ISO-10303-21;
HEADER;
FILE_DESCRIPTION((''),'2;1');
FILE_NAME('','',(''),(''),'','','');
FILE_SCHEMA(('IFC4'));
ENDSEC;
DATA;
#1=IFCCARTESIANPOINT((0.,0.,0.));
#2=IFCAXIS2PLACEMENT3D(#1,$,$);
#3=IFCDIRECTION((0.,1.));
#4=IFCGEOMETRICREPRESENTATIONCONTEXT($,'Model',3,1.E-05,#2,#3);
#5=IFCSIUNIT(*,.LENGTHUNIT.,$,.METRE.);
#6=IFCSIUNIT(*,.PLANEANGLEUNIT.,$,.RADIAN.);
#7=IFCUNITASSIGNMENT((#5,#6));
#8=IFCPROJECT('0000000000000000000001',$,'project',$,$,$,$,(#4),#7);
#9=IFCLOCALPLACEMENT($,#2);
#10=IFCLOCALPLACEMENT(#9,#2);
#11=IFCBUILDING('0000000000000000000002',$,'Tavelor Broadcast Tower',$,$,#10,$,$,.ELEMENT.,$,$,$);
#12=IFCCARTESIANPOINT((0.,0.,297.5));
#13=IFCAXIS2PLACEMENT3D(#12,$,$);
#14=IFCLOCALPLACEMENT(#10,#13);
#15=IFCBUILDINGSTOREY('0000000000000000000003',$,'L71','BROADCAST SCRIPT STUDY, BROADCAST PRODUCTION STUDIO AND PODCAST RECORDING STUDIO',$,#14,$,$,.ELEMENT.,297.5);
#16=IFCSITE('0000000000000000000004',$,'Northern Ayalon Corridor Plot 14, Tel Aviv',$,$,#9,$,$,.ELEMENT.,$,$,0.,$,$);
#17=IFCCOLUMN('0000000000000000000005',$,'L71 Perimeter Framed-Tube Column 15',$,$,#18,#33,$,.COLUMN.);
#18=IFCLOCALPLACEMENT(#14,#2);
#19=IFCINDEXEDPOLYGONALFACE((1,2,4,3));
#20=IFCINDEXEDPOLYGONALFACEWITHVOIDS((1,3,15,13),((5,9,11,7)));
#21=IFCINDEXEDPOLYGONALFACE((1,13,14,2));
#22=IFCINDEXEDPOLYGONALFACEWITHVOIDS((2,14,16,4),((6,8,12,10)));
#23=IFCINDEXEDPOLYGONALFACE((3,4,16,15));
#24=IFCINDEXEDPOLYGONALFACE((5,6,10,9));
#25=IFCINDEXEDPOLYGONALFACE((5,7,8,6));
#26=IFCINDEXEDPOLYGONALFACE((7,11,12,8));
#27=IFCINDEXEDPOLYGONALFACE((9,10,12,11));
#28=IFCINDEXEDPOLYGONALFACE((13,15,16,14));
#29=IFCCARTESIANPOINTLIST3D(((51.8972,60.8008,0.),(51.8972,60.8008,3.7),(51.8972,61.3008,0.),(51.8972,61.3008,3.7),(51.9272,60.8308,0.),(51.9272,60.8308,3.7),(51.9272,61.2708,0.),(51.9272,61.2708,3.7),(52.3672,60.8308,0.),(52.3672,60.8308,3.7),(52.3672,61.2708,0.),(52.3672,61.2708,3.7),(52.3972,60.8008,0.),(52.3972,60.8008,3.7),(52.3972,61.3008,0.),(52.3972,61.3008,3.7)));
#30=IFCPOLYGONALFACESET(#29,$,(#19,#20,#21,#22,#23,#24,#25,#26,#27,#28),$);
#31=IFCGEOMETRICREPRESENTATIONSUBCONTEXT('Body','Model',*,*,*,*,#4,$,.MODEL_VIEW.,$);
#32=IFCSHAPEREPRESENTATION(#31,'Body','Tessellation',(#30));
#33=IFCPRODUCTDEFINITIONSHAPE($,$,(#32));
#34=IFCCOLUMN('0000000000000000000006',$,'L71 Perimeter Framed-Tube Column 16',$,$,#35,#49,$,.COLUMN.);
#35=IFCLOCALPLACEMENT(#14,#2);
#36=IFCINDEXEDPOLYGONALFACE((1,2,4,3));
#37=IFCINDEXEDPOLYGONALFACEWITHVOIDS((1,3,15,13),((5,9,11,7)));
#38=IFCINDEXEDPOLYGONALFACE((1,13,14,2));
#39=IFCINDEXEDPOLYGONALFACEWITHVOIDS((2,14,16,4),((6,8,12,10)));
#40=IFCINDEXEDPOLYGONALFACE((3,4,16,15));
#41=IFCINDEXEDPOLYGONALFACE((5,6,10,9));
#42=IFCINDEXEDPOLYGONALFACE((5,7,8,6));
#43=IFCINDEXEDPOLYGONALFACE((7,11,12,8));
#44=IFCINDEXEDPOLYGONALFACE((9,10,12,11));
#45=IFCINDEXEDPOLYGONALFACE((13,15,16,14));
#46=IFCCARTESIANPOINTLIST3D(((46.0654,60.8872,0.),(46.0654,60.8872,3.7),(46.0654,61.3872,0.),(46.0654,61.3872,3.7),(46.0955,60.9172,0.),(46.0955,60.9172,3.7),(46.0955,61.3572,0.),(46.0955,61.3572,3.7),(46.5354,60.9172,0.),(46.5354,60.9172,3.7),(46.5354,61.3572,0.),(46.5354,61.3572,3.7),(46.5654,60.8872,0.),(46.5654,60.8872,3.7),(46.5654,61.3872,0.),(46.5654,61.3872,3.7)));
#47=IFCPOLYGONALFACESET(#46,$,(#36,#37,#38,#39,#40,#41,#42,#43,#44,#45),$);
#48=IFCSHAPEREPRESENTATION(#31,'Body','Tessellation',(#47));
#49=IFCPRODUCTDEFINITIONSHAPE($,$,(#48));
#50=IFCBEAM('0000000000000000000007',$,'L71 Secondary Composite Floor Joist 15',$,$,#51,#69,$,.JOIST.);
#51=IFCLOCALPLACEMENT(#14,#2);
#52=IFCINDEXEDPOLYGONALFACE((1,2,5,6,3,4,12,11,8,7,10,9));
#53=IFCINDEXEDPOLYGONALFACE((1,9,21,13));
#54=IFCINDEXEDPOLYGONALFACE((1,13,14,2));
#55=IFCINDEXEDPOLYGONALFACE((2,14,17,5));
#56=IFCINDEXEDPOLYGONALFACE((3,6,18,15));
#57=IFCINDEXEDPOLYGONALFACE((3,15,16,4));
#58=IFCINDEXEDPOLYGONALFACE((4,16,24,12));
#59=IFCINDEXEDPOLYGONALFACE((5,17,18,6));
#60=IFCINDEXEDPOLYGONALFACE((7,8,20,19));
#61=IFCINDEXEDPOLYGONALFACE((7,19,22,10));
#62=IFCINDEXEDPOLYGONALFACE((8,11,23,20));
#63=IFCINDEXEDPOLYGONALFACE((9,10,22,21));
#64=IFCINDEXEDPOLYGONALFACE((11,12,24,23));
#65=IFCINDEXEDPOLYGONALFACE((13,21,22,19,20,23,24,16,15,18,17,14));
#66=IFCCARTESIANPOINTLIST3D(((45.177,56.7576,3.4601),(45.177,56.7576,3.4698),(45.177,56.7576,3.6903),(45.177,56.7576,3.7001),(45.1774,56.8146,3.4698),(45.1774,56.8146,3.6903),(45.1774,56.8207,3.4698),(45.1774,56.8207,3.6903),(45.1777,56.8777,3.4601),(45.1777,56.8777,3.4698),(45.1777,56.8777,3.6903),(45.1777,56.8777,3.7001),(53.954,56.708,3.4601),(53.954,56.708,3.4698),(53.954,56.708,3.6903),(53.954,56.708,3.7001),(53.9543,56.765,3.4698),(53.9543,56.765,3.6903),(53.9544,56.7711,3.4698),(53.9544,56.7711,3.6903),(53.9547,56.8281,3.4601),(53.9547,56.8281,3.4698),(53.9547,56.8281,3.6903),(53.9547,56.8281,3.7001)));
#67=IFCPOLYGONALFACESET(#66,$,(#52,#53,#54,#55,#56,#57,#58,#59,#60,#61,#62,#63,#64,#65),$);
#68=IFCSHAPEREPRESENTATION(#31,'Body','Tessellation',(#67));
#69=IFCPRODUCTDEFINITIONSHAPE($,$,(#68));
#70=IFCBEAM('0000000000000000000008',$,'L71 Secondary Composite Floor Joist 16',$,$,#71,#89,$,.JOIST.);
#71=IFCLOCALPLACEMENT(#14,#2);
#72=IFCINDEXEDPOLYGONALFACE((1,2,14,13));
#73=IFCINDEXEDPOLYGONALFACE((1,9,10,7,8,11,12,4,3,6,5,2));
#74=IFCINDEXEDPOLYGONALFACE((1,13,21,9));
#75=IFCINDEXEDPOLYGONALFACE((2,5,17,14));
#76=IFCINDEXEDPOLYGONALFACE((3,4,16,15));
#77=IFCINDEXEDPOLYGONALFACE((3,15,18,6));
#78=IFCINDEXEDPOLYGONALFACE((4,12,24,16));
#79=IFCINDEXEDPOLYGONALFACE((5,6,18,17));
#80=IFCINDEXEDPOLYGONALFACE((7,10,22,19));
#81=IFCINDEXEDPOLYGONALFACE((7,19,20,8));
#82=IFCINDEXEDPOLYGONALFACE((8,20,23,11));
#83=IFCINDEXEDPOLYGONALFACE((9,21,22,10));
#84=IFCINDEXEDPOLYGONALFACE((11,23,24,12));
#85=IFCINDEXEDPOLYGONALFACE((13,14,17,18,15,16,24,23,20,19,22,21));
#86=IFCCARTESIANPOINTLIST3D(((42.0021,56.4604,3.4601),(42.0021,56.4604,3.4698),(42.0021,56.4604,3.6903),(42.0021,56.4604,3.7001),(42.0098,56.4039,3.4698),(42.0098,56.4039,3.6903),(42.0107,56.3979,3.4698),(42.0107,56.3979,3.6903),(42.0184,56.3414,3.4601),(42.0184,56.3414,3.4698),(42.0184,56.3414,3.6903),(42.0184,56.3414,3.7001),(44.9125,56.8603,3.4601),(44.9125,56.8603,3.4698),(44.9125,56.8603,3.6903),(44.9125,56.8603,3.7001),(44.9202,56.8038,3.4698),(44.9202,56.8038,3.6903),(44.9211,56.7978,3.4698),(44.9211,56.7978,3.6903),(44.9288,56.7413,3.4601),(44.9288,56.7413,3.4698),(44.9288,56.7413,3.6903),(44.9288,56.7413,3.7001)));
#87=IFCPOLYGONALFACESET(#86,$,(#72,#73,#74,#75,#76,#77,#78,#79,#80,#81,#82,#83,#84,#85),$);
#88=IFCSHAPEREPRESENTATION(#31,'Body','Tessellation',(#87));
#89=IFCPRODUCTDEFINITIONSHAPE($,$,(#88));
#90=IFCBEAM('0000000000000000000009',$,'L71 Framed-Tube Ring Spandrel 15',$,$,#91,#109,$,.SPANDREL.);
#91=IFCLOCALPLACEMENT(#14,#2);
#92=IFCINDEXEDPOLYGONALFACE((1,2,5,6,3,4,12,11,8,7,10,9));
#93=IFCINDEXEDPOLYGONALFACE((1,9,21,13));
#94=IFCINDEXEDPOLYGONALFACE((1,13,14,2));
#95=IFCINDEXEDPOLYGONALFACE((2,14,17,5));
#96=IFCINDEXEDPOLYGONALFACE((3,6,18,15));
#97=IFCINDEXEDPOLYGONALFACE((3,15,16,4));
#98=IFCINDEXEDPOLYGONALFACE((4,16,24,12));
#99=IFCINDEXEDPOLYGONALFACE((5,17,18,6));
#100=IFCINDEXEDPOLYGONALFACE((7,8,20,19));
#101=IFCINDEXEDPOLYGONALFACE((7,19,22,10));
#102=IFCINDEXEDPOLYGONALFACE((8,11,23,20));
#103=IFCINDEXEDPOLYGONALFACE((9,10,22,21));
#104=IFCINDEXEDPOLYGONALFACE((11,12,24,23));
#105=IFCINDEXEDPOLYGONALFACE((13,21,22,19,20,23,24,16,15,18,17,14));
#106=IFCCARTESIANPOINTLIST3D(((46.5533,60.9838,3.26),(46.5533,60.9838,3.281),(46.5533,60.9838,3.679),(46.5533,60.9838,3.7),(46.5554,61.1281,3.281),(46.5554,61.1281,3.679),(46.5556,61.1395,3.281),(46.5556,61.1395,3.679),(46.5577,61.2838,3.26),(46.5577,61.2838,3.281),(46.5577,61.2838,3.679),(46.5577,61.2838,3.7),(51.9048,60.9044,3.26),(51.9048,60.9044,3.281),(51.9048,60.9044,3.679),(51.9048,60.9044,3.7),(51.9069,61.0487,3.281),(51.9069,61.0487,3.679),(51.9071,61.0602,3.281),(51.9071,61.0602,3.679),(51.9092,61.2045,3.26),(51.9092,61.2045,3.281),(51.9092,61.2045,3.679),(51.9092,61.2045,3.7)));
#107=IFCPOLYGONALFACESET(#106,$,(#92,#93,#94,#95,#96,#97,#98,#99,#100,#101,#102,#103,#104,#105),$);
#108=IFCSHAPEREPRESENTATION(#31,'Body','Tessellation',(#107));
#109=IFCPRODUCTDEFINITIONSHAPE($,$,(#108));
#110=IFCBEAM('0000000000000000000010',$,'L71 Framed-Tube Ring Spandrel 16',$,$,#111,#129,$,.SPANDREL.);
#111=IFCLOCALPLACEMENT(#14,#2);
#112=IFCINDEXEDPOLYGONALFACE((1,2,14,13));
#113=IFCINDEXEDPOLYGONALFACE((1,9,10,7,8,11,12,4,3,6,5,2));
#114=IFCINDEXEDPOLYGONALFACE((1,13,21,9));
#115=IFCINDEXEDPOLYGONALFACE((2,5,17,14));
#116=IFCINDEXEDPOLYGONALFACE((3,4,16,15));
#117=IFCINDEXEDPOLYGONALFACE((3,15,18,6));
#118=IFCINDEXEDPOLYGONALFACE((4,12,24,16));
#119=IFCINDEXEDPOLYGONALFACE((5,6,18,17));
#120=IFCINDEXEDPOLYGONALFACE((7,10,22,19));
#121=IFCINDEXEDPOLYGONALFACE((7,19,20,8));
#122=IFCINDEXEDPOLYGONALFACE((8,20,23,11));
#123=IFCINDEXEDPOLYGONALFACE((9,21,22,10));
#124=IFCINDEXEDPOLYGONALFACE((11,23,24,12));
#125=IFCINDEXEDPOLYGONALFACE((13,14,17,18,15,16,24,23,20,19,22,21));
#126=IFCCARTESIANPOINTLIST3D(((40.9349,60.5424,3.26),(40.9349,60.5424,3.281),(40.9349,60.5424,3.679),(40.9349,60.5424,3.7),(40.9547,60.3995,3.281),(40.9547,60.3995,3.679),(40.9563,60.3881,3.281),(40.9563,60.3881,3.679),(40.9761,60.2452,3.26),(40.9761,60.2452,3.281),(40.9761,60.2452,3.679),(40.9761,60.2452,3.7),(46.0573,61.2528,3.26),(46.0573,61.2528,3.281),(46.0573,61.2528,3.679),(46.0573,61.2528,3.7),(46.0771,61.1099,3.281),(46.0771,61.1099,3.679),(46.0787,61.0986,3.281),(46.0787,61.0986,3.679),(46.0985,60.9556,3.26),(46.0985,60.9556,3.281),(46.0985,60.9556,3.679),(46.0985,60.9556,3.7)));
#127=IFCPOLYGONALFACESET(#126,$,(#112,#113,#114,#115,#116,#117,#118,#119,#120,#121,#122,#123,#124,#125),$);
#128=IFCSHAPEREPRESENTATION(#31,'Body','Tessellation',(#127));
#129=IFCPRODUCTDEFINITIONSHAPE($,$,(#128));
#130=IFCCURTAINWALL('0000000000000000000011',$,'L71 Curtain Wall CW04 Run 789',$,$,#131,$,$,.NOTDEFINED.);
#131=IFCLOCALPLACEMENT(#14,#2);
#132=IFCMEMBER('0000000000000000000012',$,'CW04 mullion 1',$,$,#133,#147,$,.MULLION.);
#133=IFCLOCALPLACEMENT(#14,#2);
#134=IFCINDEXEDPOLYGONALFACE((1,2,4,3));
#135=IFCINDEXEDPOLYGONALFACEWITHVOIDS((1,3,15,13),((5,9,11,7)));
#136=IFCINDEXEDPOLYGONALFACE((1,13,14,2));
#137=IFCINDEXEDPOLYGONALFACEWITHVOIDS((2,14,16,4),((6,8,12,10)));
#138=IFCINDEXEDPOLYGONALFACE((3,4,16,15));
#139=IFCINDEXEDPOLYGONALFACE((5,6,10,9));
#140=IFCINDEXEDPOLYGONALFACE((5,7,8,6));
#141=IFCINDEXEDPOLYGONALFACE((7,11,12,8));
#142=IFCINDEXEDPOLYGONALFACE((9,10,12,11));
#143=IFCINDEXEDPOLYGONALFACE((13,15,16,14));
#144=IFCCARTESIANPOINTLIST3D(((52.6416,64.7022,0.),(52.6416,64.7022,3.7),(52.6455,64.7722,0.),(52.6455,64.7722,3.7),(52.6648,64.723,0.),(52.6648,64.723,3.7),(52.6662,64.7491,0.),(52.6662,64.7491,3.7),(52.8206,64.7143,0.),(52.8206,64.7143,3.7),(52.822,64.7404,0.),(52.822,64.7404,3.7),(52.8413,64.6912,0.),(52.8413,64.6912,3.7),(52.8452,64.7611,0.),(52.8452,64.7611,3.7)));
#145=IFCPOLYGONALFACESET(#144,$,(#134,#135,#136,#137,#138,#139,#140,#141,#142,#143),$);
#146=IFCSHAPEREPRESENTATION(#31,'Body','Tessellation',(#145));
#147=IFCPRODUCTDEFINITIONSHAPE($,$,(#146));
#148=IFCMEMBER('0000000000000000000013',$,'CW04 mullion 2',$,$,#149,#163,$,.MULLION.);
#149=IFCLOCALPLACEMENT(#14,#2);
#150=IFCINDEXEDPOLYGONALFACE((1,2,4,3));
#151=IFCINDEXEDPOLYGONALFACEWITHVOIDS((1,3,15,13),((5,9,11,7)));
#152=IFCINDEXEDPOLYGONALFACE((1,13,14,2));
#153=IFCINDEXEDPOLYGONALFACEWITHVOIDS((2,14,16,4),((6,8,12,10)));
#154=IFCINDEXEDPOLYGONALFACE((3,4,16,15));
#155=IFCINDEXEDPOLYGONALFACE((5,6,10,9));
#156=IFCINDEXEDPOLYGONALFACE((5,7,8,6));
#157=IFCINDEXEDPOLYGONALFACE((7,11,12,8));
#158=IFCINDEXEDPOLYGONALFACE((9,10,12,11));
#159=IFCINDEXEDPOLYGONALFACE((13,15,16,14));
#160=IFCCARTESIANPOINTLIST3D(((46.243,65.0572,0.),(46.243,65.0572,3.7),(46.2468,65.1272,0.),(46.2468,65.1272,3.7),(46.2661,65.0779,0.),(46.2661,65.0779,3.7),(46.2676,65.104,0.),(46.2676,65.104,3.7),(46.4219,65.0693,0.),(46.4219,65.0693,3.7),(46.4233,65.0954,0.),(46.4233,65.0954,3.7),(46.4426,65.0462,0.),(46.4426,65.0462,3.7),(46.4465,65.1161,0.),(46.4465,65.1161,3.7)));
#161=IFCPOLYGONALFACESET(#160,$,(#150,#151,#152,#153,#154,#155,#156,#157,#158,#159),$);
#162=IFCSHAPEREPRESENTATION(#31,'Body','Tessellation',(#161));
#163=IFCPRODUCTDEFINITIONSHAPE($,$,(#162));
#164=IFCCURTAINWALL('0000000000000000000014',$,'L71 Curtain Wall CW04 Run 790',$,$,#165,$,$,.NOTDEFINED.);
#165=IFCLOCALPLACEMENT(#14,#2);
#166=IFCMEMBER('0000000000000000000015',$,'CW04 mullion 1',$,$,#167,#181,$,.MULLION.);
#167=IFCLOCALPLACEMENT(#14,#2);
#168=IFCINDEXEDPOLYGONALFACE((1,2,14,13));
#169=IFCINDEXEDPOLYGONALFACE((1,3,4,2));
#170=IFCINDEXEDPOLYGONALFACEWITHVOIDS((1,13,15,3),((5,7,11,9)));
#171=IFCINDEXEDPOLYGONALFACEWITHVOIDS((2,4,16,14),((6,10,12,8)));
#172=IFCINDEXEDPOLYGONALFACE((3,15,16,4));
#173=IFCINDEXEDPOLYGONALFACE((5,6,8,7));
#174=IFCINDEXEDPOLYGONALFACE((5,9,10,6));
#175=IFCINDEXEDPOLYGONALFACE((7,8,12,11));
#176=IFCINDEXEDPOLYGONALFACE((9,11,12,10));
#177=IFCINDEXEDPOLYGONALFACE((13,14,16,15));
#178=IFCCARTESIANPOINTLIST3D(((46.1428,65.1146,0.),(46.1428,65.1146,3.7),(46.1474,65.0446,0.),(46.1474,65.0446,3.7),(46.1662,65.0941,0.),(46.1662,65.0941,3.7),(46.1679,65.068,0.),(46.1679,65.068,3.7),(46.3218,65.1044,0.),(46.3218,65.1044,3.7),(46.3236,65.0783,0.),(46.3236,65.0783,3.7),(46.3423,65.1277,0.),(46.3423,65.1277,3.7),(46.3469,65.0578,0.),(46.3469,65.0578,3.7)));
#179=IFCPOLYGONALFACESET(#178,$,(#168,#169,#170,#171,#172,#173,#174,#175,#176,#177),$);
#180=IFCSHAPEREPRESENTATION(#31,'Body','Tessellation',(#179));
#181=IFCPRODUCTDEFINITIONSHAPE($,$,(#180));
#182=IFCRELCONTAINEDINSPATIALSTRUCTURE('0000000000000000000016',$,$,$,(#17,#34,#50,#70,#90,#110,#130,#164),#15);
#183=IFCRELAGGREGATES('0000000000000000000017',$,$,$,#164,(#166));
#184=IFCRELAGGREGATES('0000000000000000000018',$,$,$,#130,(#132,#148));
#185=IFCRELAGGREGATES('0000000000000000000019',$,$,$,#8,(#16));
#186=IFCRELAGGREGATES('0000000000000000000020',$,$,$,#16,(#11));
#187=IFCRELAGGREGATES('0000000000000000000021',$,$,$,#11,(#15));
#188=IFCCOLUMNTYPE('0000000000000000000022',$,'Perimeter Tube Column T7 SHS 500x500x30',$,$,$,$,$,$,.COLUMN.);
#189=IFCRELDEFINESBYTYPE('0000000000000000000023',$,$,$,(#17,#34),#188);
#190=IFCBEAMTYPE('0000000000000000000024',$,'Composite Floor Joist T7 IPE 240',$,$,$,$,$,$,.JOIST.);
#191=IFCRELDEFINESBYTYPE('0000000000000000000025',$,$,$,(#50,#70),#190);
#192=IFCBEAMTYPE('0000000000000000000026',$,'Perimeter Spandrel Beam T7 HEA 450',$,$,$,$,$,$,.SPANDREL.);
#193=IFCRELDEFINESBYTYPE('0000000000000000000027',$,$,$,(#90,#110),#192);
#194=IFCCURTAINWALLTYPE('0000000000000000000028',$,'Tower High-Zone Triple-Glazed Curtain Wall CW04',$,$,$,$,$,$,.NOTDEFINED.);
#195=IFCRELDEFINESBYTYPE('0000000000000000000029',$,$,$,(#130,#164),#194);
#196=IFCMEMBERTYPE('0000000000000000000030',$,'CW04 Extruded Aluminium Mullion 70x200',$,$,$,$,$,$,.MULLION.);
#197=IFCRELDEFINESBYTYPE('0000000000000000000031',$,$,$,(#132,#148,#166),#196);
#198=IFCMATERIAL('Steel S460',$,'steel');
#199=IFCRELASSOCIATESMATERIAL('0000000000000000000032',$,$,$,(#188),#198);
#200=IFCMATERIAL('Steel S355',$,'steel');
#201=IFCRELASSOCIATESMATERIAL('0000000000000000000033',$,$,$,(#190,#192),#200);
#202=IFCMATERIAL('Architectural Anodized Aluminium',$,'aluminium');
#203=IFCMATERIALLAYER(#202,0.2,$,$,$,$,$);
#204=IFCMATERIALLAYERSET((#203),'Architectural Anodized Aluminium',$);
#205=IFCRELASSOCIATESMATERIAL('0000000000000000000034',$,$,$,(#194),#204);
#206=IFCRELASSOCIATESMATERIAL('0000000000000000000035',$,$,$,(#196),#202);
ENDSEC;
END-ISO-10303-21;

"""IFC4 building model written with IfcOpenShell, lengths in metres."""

from ifc_helpers import new_model, si_unit, direction, frame, origin, origin_2d, place, context, subcontext, project, spatial, hollow_rectangle, i_section, extrude, source, transform, mapped, material, layer, layer_set, material_profile, profile_set, type_object, type_shapes, element, aggregate, save


model = new_model("IFC4")

# Units and contexts
model_context = context("Model", 3, precision=1e-05, world=origin(), true_north=direction((0.0, 1.0)))
body_context = subcontext(model_context, "Body", "Model", "MODEL_VIEW")
ifc_project = project(units=[si_unit("LENGTHUNIT", "METRE"), si_unit("PLANEANGLEUNIT", "RADIAN")], contexts=[model_context])

# Site, building, storey
site_placement = place(None, origin())
site = spatial("IfcSite", under=ifc_project, at=site_placement, Name="Northern Ayalon Corridor Plot 14, Tel Aviv", CompositionType="ELEMENT", RefElevation=0.0)
building_placement = place(site_placement, origin())
building = spatial("IfcBuilding", under=site, at=building_placement, Name="Tavelor Broadcast Tower", CompositionType="ELEMENT")
storey_placement = place(building_placement, frame((0.0, 0.0, 297.5)))
storey = spatial("IfcBuildingStorey", under=building, at=storey_placement, Name="L71", Description="BROADCAST SCRIPT STUDY, BROADCAST PRODUCTION STUDIO AND PODCAST RECORDING STUDIO", CompositionType="ELEMENT", Elevation=297.5)

# Columns
ifc_material_1 = material(Name="Steel S460", Category="steel")
ifc_material_profile_1 = material_profile(ifc_material_1, hollow_rectangle(XDim=0.5, YDim=0.5, WallThickness=0.03, at=origin_2d()), Name="SHS 500x500x30")
ifc_profile_set_1 = profile_set([ifc_material_profile_1], Name="Steel S460")
column_type = type_object("IfcColumnType", Name="Perimeter Tube Column T7 SHS 500x500x30", PredefinedType="COLUMN", material=ifc_profile_set_1)
for number, where, z_axis, x_axis, name in (
    (1, (52.1472, 61.0508, 0.0), (0.0, 0.0, 1.0), (1.0, 0.0, 0.0), "L71 Perimeter Framed-Tube Column 15"),
    (2, (46.3154, 61.1372, 0.0), (0.0, 0.0, 1.0), (1.0, 0.0, 0.0), "L71 Perimeter Framed-Tube Column 16"),
):
    element("IfcColumn", number, at=place(storey_placement, frame(where, z_axis=z_axis, x_axis=x_axis)), inside=storey, type_object=column_type, Name=name, PredefinedType="COLUMN", context=body_context, shape_type="SweptSolid", body=[
        extrude(hollow_rectangle(XDim=0.5, YDim=0.5, WallThickness=0.03, at=origin_2d()), origin(), (0.0, 0.0, 1.0), 3.7),
    ])

# Beams
ifc_material_2 = material(Name="Steel S355", Category="steel")
ifc_material_profile_2 = material_profile(ifc_material_2, i_section(OverallWidth=0.1201, OverallDepth=0.24, WebThickness=0.0061, FlangeThickness=0.0098, at=origin_2d()), Name="IPE 240")
ifc_profile_set_2 = profile_set([ifc_material_profile_2], Name="Steel S355")
beam_type_1 = type_object("IfcBeamType", Name="Composite Floor Joist T7 IPE 240", PredefinedType="JOIST", material=ifc_profile_set_2)
beam_1_placement = place(storey_placement, frame((53.9543, 56.7681, 3.5801), z_axis=(-0.999984, 0.005647, 0.0), x_axis=(-0.005647, -0.999984, 0.0)))
element("IfcBeam", 3, at=beam_1_placement, inside=storey, type_object=beam_type_1, Name="L71 Secondary Composite Floor Joist 15", PredefinedType="JOIST", context=body_context, shape_type="SweptSolid", body=[
    extrude(i_section(OverallWidth=0.1201, OverallDepth=0.24, WebThickness=0.0061, FlangeThickness=0.0098, at=origin_2d()), origin(), (0.0, 0.0, 1.0), 8.7771),
])
beam_2_placement = place(storey_placement, frame((44.9207, 56.8008, 3.5801), z_axis=(-0.990692, -0.136126, 0.0), x_axis=(0.136126, -0.990692, 0.0)))
element("IfcBeam", 4, at=beam_2_placement, inside=storey, type_object=beam_type_1, Name="L71 Secondary Composite Floor Joist 16", PredefinedType="JOIST", context=body_context, shape_type="SweptSolid", body=[
    extrude(i_section(OverallWidth=0.1201, OverallDepth=0.24, WebThickness=0.0061, FlangeThickness=0.0098, at=origin_2d()), origin(), (0.0, 0.0, 1.0), 2.9377),
])
ifc_material_profile_3 = material_profile(ifc_material_2, i_section(OverallWidth=0.3, OverallDepth=0.4399, WebThickness=0.0115, FlangeThickness=0.021, at=origin_2d()), Name="HEA 450")
ifc_profile_set_3 = profile_set([ifc_material_profile_3], Name="Steel S355")
beam_type_2 = type_object("IfcBeamType", Name="Perimeter Spandrel Beam T7 HEA 450", PredefinedType="SPANDREL", material=ifc_profile_set_3)
beam_3_placement = place(storey_placement, frame((51.907, 61.0544, 3.48), z_axis=(-0.99989, 0.014825, 0.0), x_axis=(-0.014825, -0.99989, 0.0)))
element("IfcBeam", 5, at=beam_3_placement, inside=storey, type_object=beam_type_2, Name="L71 Framed-Tube Ring Spandrel 15", PredefinedType="SPANDREL", context=body_context, shape_type="SweptSolid", body=[
    extrude(i_section(OverallWidth=0.3, OverallDepth=0.4399, WebThickness=0.0115, FlangeThickness=0.021, at=origin_2d()), origin(), (0.0, 0.0, 1.0), 5.3521),
])
beam_4_placement = place(storey_placement, frame((46.0779, 61.1042, 3.48), z_axis=(-0.990518, -0.137382, 0.0), x_axis=(0.137382, -0.990518, 0.0)))
element("IfcBeam", 6, at=beam_4_placement, inside=storey, type_object=beam_type_2, Name="L71 Framed-Tube Ring Spandrel 16", PredefinedType="SPANDREL", context=body_context, shape_type="SweptSolid", body=[
    extrude(i_section(OverallWidth=0.3, OverallDepth=0.4399, WebThickness=0.0115, FlangeThickness=0.021, at=origin_2d()), origin(), (0.0, 0.0, 1.0), 5.1714),
])

# Curtain walls, members
ifc_material_3 = material(Name="Architectural Anodized Aluminium", Category="aluminium")
ifc_layer_1 = layer(ifc_material_3, 0.2)
ifc_layer_set_1 = layer_set([ifc_layer_1], Name="Architectural Anodized Aluminium")
curtain_wall_type = type_object("IfcCurtainWallType", Name="Tower High-Zone Triple-Glazed Curtain Wall CW04", PredefinedType="NOTDEFINED", material=ifc_layer_set_1)
curtain_wall_1_placement = place(storey_placement, origin())
curtain_wall_1 = element("IfcCurtainWall", 7, at=curtain_wall_1_placement, inside=storey, type_object=curtain_wall_type, Name="L71 Curtain Wall CW04 Run 789", PredefinedType="NOTDEFINED")
ifc_material_profile_4 = material_profile(ifc_material_3, hollow_rectangle(XDim=0.0701, YDim=0.2, WallThickness=0.022, at=origin_2d()), Name="RHS 70x200x22")
ifc_profile_set_4 = profile_set([ifc_material_profile_4], Name="Architectural Anodized Aluminium")
member_type_1 = type_object("IfcMemberType", Name="CW04 Extruded Aluminium Mullion 70x200", PredefinedType="MULLION", material=ifc_profile_set_4)
shared_shape_1 = source(origin(), body_context, "Body", "SweptSolid", [
    extrude(hollow_rectangle(XDim=0.0701, YDim=0.2, WallThickness=0.022, at=origin_2d()), origin(), (0.0, 0.0, 1.0), 3.7),
])
type_shapes(member_type_1, [shared_shape_1])
member_1_placement = place(storey_placement, frame((52.7434, 64.7317, 0.0), z_axis=(0.0, 0.0, 1.0), x_axis=(-0.055399, -0.998464, 0.0)))
member_1 = element("IfcMember", 8, at=member_1_placement, type_object=member_type_1, Name="CW04 mullion 1", PredefinedType="MULLION", context=body_context, shape_type="MappedRepresentation", body=[
    mapped(shared_shape_1, transform((0.0, 0.0, 0.0), scale=1.0)),
])
member_2_placement = place(storey_placement, frame((46.3447, 65.0867, 0.0), z_axis=(0.0, 0.0, 1.0), x_axis=(-0.055399, -0.998464, 0.0)))
member_2 = element("IfcMember", 9, at=member_2_placement, type_object=member_type_1, Name="CW04 mullion 2", PredefinedType="MULLION", context=body_context, shape_type="MappedRepresentation", body=[
    mapped(shared_shape_1, transform((0.0, 0.0, 0.0), scale=1.0)),
])
curtain_wall_2_placement = place(storey_placement, origin())
curtain_wall_2 = element("IfcCurtainWall", 10, at=curtain_wall_2_placement, inside=storey, type_object=curtain_wall_type, Name="L71 Curtain Wall CW04 Run 790", PredefinedType="NOTDEFINED")
member_3_placement = place(storey_placement, frame((46.2449, 65.0862, 0.0), z_axis=(0.0, 0.0, 1.0), x_axis=(0.065863, -0.997829, 0.0)))
member_3 = element("IfcMember", 11, at=member_3_placement, type_object=member_type_1, Name="CW04 mullion 1", PredefinedType="MULLION", context=body_context, shape_type="MappedRepresentation", body=[
    mapped(shared_shape_1, transform((0.0, 0.0, 0.0), scale=1.0)),
])
aggregate(curtain_wall_2, [member_3])

aggregate(curtain_wall_1, [member_1, member_2])

save(model, "model.ifc")
